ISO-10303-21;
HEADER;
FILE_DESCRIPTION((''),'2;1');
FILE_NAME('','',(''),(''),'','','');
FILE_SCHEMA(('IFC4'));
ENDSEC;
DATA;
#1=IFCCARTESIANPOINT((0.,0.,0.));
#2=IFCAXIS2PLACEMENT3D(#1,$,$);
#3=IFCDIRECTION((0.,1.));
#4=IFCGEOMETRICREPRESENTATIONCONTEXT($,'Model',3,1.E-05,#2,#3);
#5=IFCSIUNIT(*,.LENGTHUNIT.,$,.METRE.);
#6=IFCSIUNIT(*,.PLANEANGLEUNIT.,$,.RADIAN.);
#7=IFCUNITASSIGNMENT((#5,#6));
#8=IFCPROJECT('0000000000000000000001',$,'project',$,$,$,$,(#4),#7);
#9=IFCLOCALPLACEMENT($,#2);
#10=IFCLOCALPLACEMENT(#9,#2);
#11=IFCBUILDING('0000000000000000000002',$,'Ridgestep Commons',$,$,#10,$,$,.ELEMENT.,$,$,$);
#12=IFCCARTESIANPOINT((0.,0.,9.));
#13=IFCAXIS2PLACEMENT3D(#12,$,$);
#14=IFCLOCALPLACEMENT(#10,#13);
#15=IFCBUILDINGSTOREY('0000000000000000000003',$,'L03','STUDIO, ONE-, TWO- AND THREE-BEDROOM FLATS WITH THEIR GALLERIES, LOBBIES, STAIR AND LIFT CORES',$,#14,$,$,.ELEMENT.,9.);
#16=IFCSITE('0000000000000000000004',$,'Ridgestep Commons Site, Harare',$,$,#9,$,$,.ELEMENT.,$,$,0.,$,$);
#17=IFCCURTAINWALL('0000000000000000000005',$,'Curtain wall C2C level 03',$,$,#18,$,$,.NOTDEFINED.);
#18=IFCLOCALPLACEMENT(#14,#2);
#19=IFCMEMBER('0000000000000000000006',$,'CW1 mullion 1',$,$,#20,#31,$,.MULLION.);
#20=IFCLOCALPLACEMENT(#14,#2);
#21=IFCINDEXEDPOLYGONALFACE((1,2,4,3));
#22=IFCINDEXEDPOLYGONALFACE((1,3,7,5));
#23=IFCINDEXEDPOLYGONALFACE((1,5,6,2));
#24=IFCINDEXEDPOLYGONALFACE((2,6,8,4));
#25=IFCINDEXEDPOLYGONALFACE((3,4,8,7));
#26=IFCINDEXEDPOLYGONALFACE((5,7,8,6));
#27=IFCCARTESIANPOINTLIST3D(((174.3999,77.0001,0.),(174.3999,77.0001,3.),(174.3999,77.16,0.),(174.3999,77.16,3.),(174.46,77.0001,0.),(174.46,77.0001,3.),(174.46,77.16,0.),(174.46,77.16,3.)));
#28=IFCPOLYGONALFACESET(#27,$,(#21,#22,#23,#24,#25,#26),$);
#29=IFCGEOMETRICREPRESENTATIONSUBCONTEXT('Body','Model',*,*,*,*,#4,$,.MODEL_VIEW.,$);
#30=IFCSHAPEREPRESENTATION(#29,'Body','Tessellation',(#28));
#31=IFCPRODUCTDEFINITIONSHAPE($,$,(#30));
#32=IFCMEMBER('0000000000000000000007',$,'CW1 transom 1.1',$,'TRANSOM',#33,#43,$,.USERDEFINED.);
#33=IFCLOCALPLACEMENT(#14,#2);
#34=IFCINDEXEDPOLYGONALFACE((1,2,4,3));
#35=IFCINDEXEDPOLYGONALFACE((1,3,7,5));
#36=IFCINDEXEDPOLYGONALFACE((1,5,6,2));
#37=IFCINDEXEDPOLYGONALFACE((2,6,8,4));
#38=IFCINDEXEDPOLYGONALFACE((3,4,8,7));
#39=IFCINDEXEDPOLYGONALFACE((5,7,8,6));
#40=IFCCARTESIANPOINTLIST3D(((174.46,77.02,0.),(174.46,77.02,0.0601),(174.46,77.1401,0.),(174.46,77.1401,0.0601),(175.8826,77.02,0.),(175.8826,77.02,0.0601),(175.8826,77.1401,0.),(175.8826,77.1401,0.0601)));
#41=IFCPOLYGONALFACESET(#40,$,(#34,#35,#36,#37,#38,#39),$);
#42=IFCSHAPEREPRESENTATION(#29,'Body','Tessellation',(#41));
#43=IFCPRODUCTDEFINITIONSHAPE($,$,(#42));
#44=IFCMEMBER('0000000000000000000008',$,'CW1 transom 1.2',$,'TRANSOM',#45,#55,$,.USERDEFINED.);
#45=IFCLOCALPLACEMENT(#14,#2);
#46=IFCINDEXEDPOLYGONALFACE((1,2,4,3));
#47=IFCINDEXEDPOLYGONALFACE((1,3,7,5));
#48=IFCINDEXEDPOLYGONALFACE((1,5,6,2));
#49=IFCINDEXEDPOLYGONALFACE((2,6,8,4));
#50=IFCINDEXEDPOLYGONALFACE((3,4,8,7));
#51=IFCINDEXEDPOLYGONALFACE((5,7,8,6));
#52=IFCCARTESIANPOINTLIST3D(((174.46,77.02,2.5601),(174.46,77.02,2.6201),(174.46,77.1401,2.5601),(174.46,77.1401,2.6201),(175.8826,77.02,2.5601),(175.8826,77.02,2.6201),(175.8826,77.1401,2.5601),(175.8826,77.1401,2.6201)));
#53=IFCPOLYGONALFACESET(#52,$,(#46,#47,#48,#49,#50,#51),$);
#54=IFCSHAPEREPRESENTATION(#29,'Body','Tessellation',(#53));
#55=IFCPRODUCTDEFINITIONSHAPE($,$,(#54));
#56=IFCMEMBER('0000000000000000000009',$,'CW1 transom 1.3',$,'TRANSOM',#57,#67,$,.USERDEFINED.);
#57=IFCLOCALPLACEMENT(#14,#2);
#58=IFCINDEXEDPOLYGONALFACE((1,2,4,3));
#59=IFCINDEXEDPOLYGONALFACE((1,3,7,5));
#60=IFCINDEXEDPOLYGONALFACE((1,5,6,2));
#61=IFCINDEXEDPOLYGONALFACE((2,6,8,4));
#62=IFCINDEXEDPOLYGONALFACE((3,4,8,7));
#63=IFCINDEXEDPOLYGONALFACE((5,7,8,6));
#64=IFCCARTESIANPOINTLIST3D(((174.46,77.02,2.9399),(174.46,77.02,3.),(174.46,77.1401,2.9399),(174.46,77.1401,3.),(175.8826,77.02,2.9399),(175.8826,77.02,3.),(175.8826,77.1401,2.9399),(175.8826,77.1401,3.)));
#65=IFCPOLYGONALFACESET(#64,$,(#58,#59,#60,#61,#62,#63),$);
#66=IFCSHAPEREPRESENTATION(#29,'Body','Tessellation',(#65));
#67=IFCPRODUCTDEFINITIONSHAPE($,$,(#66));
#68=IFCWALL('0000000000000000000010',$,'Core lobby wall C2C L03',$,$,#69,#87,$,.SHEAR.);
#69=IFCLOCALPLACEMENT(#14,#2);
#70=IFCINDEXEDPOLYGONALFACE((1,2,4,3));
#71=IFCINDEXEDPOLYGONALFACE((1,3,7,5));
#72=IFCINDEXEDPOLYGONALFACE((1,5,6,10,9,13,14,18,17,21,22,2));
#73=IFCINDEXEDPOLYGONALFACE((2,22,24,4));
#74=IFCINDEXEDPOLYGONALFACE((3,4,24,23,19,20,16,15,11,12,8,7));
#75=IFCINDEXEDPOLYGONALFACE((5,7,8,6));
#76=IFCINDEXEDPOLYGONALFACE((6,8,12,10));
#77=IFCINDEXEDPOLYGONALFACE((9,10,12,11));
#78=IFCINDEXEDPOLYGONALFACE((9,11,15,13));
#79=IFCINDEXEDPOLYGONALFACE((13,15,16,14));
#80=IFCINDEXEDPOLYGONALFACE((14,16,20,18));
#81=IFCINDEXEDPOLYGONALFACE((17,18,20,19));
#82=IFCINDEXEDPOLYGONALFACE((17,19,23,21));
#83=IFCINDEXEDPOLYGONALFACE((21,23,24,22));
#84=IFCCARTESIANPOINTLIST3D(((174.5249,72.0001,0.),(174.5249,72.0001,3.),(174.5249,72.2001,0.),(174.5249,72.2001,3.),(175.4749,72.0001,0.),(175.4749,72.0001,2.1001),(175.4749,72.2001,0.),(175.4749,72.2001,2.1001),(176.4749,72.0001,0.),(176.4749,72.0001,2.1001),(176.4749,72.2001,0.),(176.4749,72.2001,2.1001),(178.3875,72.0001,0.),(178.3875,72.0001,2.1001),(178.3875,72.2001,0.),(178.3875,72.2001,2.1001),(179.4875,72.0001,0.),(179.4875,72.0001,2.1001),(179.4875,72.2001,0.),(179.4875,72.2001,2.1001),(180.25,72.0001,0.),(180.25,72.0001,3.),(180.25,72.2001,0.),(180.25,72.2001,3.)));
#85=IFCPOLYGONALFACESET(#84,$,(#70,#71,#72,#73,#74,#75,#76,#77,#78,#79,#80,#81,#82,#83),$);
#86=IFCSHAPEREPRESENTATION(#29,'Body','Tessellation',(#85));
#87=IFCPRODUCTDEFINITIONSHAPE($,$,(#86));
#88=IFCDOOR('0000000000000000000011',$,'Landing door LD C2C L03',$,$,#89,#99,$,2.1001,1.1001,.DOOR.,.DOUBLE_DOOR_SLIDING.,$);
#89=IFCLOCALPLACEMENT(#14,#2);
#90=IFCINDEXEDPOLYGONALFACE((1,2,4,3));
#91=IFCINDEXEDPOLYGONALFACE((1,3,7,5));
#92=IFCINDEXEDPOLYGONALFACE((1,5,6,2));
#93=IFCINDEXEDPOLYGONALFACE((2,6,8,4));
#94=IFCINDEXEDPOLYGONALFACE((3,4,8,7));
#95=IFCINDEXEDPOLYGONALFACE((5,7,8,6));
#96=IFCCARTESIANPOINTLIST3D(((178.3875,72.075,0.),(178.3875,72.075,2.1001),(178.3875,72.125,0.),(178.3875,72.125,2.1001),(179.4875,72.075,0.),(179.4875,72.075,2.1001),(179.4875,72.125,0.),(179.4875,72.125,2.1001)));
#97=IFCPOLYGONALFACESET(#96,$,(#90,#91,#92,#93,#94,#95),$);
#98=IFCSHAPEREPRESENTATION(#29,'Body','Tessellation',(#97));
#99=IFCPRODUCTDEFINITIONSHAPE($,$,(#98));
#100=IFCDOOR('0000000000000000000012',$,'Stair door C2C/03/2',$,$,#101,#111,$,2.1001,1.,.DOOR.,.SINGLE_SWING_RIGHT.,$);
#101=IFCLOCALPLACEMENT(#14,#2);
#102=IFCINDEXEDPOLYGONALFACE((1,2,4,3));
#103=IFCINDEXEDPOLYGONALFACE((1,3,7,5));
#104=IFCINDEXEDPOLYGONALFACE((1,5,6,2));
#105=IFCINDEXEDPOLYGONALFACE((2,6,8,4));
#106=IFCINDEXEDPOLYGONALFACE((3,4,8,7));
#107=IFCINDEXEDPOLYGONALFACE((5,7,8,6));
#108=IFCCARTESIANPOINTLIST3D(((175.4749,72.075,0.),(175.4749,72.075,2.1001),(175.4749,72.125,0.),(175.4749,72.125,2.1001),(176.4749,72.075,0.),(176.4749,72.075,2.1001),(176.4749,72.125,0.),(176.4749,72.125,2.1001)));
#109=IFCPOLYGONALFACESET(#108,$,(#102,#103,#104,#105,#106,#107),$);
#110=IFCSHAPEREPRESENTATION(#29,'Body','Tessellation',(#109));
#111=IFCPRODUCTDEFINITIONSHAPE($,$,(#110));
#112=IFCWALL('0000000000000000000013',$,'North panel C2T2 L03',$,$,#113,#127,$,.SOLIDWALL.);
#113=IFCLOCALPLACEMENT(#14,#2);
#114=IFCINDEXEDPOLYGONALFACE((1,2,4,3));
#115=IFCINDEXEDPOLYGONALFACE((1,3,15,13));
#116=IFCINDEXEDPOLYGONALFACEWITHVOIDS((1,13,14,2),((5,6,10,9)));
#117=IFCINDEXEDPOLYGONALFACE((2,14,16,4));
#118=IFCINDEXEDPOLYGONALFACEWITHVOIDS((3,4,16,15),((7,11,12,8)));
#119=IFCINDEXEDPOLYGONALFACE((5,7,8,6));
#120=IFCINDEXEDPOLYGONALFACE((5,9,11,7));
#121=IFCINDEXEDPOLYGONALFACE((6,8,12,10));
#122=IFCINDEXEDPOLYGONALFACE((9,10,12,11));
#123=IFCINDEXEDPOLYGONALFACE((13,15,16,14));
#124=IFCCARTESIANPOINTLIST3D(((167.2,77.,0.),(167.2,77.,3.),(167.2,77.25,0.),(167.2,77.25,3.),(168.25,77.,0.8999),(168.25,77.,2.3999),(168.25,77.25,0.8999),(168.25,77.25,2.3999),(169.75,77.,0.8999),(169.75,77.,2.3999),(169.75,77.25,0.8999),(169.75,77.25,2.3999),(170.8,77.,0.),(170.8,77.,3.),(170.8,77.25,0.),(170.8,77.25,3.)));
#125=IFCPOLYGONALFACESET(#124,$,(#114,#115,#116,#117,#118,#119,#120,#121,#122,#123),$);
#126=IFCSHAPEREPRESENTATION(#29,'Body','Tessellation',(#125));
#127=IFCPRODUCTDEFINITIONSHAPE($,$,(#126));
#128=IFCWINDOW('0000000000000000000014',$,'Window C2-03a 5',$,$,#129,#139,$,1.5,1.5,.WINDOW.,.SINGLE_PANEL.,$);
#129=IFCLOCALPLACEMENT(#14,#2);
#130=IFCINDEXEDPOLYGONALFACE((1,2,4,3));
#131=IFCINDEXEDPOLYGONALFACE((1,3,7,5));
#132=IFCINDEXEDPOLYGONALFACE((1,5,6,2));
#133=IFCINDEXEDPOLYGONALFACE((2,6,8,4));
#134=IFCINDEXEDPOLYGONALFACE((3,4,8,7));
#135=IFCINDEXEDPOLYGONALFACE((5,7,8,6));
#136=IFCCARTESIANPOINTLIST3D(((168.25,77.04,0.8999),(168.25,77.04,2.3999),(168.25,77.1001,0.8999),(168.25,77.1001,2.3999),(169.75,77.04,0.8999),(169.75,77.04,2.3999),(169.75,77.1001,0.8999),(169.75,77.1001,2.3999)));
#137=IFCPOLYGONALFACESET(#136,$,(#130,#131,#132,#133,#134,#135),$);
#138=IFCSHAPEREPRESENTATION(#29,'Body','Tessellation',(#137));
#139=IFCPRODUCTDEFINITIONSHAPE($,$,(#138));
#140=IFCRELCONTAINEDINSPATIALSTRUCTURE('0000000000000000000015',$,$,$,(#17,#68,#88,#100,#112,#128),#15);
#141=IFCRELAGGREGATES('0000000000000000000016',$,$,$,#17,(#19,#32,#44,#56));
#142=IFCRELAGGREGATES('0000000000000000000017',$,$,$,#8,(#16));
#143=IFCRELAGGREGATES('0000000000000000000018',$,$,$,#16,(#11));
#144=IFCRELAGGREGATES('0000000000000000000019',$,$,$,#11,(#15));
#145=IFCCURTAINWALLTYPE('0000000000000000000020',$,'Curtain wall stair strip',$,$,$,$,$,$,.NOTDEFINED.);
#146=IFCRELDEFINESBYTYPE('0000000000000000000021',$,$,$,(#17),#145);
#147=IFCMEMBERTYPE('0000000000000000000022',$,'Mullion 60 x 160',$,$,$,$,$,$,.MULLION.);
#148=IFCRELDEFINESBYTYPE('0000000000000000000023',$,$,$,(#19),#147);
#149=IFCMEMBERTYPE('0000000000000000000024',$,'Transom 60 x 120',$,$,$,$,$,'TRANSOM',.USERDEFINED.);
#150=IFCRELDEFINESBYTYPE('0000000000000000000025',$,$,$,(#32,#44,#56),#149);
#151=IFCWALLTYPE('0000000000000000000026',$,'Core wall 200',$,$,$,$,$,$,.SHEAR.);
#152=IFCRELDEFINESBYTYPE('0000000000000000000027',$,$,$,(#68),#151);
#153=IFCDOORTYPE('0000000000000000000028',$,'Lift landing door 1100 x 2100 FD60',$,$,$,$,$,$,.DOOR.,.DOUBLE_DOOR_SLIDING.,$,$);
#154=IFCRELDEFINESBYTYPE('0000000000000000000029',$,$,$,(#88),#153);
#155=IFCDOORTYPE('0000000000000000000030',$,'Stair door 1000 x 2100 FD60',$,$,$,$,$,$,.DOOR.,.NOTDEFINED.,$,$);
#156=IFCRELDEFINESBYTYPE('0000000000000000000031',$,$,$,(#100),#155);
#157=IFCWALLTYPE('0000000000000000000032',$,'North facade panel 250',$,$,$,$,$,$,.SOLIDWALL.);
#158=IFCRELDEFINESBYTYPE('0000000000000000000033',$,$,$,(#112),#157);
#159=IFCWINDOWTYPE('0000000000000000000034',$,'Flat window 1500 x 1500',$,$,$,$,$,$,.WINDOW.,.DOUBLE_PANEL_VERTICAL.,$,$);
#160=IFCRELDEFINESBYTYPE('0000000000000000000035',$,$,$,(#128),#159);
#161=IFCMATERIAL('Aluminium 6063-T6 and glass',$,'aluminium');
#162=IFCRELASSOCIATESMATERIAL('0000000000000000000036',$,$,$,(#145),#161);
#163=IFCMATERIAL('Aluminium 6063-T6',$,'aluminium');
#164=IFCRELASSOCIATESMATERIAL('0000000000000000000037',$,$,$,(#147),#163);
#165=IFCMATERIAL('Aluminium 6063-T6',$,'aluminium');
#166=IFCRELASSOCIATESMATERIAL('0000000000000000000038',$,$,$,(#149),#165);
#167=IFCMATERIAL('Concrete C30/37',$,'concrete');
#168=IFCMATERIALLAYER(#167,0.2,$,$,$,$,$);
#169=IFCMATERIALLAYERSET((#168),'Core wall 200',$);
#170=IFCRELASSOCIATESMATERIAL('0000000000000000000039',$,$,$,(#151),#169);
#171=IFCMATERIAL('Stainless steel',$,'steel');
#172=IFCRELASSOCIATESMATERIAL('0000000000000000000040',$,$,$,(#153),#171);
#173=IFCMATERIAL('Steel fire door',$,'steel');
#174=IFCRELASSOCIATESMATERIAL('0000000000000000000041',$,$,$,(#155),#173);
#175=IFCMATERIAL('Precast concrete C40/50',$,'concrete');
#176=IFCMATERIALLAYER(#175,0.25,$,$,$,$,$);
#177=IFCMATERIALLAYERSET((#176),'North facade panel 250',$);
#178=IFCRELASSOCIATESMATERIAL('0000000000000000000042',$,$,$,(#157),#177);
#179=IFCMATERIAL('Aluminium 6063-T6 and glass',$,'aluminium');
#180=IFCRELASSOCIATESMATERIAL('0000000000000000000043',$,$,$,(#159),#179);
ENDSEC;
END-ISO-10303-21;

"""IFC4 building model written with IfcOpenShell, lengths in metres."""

from ifc_helpers import new_model, si_unit, direction, frame, frame_2d, origin, origin_2d, place, context, subcontext, project, spatial, rectangle, extrude, material, layer, layer_set, material_profile, profile_set, type_object, element, fill, aggregate, save


model = new_model("IFC4")

# Units and contexts
model_context = context("Model", 3, precision=1e-05, world=origin(), true_north=direction((0.0, 1.0)))
body_context = subcontext(model_context, "Body", "Model", "MODEL_VIEW")
ifc_project = project(units=[si_unit("LENGTHUNIT", "METRE"), si_unit("PLANEANGLEUNIT", "RADIAN")], contexts=[model_context])

# Site, building, storey
site_placement = place(None, origin())
site = spatial("IfcSite", under=ifc_project, at=site_placement, Name="Ridgestep Commons Site, Harare", CompositionType="ELEMENT", RefElevation=0.0)
building_placement = place(site_placement, origin())
building = spatial("IfcBuilding", under=site, at=building_placement, Name="Ridgestep Commons", CompositionType="ELEMENT")
storey_placement = place(building_placement, frame((0.0, 0.0, 9.0)))
storey = spatial("IfcBuildingStorey", under=building, at=storey_placement, Name="L03", Description="STUDIO, ONE-, TWO- AND THREE-BEDROOM FLATS WITH THEIR GALLERIES, LOBBIES, STAIR AND LIFT CORES", CompositionType="ELEMENT", Elevation=9.0)

# Curtain wall, members
ifc_material_1 = material(Name="Aluminium 6063-T6 and glass", Category="aluminium")
curtain_wall_type = type_object("IfcCurtainWallType", Name="Curtain wall stair strip", PredefinedType="NOTDEFINED", material=ifc_material_1)
curtain_wall_placement = place(storey_placement, origin())
curtain_wall = element("IfcCurtainWall", 1, at=curtain_wall_placement, inside=storey, type_object=curtain_wall_type, Name="Curtain wall C2C level 03", PredefinedType="NOTDEFINED")
ifc_material_2 = material(Name="Aluminium 6063-T6", Category="aluminium")
ifc_material_profile_1 = material_profile(ifc_material_2, rectangle(XDim=0.1599, YDim=0.0601, at=origin_2d()), Name="Mullion 60 x 160")
ifc_profile_set_1 = profile_set([ifc_material_profile_1], Name="Aluminium 6063-T6")
member_type_1 = type_object("IfcMemberType", Name="Mullion 60 x 160", PredefinedType="MULLION", material=ifc_profile_set_1)
member_1_placement = place(storey_placement, frame((174.4299, 77.0801, 0.0), z_axis=(0.0, 0.0, 1.0), x_axis=(0.0, 1.0, 0.0)))
member_1 = element("IfcMember", 2, at=member_1_placement, type_object=member_type_1, Name="CW1 mullion 1", PredefinedType="MULLION", context=body_context, shape_type="SweptSolid", body=[
    extrude(rectangle(XDim=0.1599, YDim=0.0601, at=origin_2d()), origin(), (0.0, 0.0, 1.0), 3.0),
])
ifc_material_3 = material(Name="Aluminium 6063-T6", Category="aluminium")
ifc_material_profile_2 = material_profile(ifc_material_3, rectangle(XDim=0.1201, YDim=0.0601, at=origin_2d()), Name="Transom 60 x 120")
ifc_profile_set_2 = profile_set([ifc_material_profile_2], Name="Aluminium 6063-T6")
member_type_2 = type_object("IfcMemberType", Name="Transom 60 x 120", ElementType="TRANSOM", PredefinedType="USERDEFINED", material=ifc_profile_set_2)
member_2_placement = place(storey_placement, frame((174.46, 77.0801, 0.03), z_axis=(1.0, 0.0, 0.0), x_axis=(0.0, 1.0, 0.0)))
member_2 = element("IfcMember", 3, at=member_2_placement, type_object=member_type_2, Name="CW1 transom 1.1", ObjectType="TRANSOM", PredefinedType="USERDEFINED", context=body_context, shape_type="SweptSolid", body=[
    extrude(rectangle(XDim=0.1201, YDim=0.0601, at=origin_2d()), origin(), (0.0, 0.0, 1.0), 1.4226),
])
member_3_placement = place(storey_placement, frame((174.46, 77.0801, 2.5901), z_axis=(1.0, 0.0, 0.0), x_axis=(0.0, 1.0, 0.0)))
member_3 = element("IfcMember", 4, at=member_3_placement, type_object=member_type_2, Name="CW1 transom 1.2", ObjectType="TRANSOM", PredefinedType="USERDEFINED", context=body_context, shape_type="SweptSolid", body=[
    extrude(rectangle(XDim=0.1201, YDim=0.0601, at=origin_2d()), origin(), (0.0, 0.0, 1.0), 1.4226),
])
member_4_placement = place(storey_placement, frame((174.46, 77.0801, 2.97), z_axis=(1.0, 0.0, 0.0), x_axis=(0.0, 1.0, 0.0)))
member_4 = element("IfcMember", 5, at=member_4_placement, type_object=member_type_2, Name="CW1 transom 1.3", ObjectType="TRANSOM", PredefinedType="USERDEFINED", context=body_context, shape_type="SweptSolid", body=[
    extrude(rectangle(XDim=0.1201, YDim=0.0601, at=origin_2d()), origin(), (0.0, 0.0, 1.0), 1.4226),
])
aggregate(curtain_wall, [member_1, member_2, member_3, member_4])

# Wall, openings, doors
ifc_material_4 = material(Name="Concrete C30/37", Category="concrete")
ifc_layer_1 = layer(ifc_material_4, 0.2)
ifc_layer_set_1 = layer_set([ifc_layer_1], Name="Core wall 200")
wall_type_1 = type_object("IfcWallType", Name="Core wall 200", PredefinedType="SHEAR", material=ifc_layer_set_1)
wall_1_placement = place(storey_placement, frame((174.5249, 72.1001, 0.0), z_axis=(0.0, 0.0, 1.0), x_axis=(1.0, 0.0, 0.0)))
wall_1 = element("IfcWall", 6, at=wall_1_placement, inside=storey, type_object=wall_type_1, Name="Core lobby wall C2C L03", PredefinedType="SHEAR", context=body_context, shape_type="SweptSolid", body=[
    extrude(rectangle(XDim=5.7251, YDim=0.2, at=frame_2d((2.8625, 0.0))), origin(), (0.0, 0.0, 1.0), 3.0),
])
opening_1_placement = place(wall_1_placement, frame((0.95, 0.0, 0.0)))
opening_1 = element("IfcOpeningElement", 7, at=opening_1_placement, cuts=wall_1, PredefinedType="OPENING", context=body_context, shape_type="SweptSolid", body=[
    extrude(rectangle(XDim=1.0, YDim=2.1001, at=frame_2d((0.5, 1.05))), frame((0.0, 0.1099, 0.0), z_axis=(0.0, -1.0, 0.0), x_axis=(1.0, 0.0, 0.0)), (0.0, 0.0, 1.0), 0.22),
])
opening_2_placement = place(wall_1_placement, frame((3.8625, 0.0, 0.0)))
opening_2 = element("IfcOpeningElement", 8, at=opening_2_placement, cuts=wall_1, PredefinedType="OPENING", context=body_context, shape_type="SweptSolid", body=[
    extrude(rectangle(XDim=1.1001, YDim=2.1001, at=frame_2d((0.55, 1.05))), frame((0.0, 0.1099, 0.0), z_axis=(0.0, -1.0, 0.0), x_axis=(1.0, 0.0, 0.0)), (0.0, 0.0, 1.0), 0.22),
])
ifc_material_5 = material(Name="Stainless steel", Category="steel")
door_type_1 = type_object("IfcDoorType", Name="Lift landing door 1100 x 2100 FD60", OperationType="DOUBLE_DOOR_SLIDING", PredefinedType="DOOR", material=ifc_material_5)
door_1_placement = place(opening_2_placement, origin())
door_1 = element("IfcDoor", 9, at=door_1_placement, inside=storey, type_object=door_type_1, Name="Landing door LD C2C L03", OperationType="DOUBLE_DOOR_SLIDING", OverallHeight=2.1001, OverallWidth=1.1001, PredefinedType="DOOR", context=body_context, shape_type="SweptSolid", body=[
    extrude(rectangle(XDim=1.1001, YDim=2.1001, at=frame_2d((0.55, 1.05))), frame((0.0, 0.0249, 0.0), z_axis=(0.0, -1.0, 0.0), x_axis=(1.0, 0.0, 0.0)), (0.0, 0.0, 1.0), 0.05),
])
fill(opening_2, door_1)
ifc_material_6 = material(Name="Steel fire door", Category="steel")
door_type_2 = type_object("IfcDoorType", Name="Stair door 1000 x 2100 FD60", OperationType="NOTDEFINED", PredefinedType="DOOR", material=ifc_material_6)
door_2_placement = place(opening_1_placement, origin())
door_2 = element("IfcDoor", 10, at=door_2_placement, inside=storey, type_object=door_type_2, Name="Stair door C2C/03/2", OperationType="SINGLE_SWING_RIGHT", OverallHeight=2.1001, OverallWidth=1.0, PredefinedType="DOOR", context=body_context, shape_type="SweptSolid", body=[
    extrude(rectangle(XDim=1.0, YDim=2.1001, at=frame_2d((0.5, 1.05))), frame((0.0, 0.0249, 0.0), z_axis=(0.0, -1.0, 0.0), x_axis=(1.0, 0.0, 0.0)), (0.0, 0.0, 1.0), 0.05),
])
fill(opening_1, door_2)

# Wall, opening, window
ifc_material_7 = material(Name="Precast concrete C40/50", Category="concrete")
ifc_layer_2 = layer(ifc_material_7, 0.25)
ifc_layer_set_2 = layer_set([ifc_layer_2], Name="North facade panel 250")
wall_type_2 = type_object("IfcWallType", Name="North facade panel 250", PredefinedType="SOLIDWALL", material=ifc_layer_set_2)
wall_2_placement = place(storey_placement, frame((167.2, 77.125, 0.0), z_axis=(0.0, 0.0, 1.0), x_axis=(1.0, 0.0, 0.0)))
wall_2 = element("IfcWall", 11, at=wall_2_placement, inside=storey, type_object=wall_type_2, Name="North panel C2T2 L03", PredefinedType="SOLIDWALL", context=body_context, shape_type="SweptSolid", body=[
    extrude(rectangle(XDim=3.6001, YDim=0.25, at=frame_2d((1.8, 0.0))), origin(), (0.0, 0.0, 1.0), 3.0),
])
opening_3_placement = place(wall_2_placement, frame((1.05, 0.0, 0.8999)))
opening_3 = element("IfcOpeningElement", 12, at=opening_3_placement, cuts=wall_2, PredefinedType="OPENING", context=body_context, shape_type="SweptSolid", body=[
    extrude(rectangle(XDim=1.5, YDim=1.5, at=frame_2d((0.75, 0.75))), frame((0.0, 0.135, 0.0), z_axis=(0.0, -1.0, 0.0), x_axis=(1.0, 0.0, 0.0)), (0.0, 0.0, 1.0), 0.27),
])
ifc_material_8 = material(Name="Aluminium 6063-T6 and glass", Category="aluminium")
window_type_1 = type_object("IfcWindowType", Name="Flat window 1500 x 1500", PartitioningType="DOUBLE_PANEL_VERTICAL", PredefinedType="WINDOW", material=ifc_material_8)
window_1_placement = place(opening_3_placement, origin())
window_1 = element("IfcWindow", 13, at=window_1_placement, inside=storey, type_object=window_type_1, Name="Window C2-03a 5", OverallHeight=1.5, OverallWidth=1.5, PartitioningType="SINGLE_PANEL", PredefinedType="WINDOW", context=body_context, shape_type="SweptSolid", body=[
    extrude(rectangle(XDim=1.5, YDim=1.5, at=frame_2d((0.75, 0.75))), frame((0.0, -0.0249, 0.0), z_axis=(0.0, -1.0, 0.0), x_axis=(1.0, 0.0, 0.0)), (0.0, 0.0, 1.0), 0.0601),
])
fill(opening_3, window_1)

save(model, "model.ifc")
